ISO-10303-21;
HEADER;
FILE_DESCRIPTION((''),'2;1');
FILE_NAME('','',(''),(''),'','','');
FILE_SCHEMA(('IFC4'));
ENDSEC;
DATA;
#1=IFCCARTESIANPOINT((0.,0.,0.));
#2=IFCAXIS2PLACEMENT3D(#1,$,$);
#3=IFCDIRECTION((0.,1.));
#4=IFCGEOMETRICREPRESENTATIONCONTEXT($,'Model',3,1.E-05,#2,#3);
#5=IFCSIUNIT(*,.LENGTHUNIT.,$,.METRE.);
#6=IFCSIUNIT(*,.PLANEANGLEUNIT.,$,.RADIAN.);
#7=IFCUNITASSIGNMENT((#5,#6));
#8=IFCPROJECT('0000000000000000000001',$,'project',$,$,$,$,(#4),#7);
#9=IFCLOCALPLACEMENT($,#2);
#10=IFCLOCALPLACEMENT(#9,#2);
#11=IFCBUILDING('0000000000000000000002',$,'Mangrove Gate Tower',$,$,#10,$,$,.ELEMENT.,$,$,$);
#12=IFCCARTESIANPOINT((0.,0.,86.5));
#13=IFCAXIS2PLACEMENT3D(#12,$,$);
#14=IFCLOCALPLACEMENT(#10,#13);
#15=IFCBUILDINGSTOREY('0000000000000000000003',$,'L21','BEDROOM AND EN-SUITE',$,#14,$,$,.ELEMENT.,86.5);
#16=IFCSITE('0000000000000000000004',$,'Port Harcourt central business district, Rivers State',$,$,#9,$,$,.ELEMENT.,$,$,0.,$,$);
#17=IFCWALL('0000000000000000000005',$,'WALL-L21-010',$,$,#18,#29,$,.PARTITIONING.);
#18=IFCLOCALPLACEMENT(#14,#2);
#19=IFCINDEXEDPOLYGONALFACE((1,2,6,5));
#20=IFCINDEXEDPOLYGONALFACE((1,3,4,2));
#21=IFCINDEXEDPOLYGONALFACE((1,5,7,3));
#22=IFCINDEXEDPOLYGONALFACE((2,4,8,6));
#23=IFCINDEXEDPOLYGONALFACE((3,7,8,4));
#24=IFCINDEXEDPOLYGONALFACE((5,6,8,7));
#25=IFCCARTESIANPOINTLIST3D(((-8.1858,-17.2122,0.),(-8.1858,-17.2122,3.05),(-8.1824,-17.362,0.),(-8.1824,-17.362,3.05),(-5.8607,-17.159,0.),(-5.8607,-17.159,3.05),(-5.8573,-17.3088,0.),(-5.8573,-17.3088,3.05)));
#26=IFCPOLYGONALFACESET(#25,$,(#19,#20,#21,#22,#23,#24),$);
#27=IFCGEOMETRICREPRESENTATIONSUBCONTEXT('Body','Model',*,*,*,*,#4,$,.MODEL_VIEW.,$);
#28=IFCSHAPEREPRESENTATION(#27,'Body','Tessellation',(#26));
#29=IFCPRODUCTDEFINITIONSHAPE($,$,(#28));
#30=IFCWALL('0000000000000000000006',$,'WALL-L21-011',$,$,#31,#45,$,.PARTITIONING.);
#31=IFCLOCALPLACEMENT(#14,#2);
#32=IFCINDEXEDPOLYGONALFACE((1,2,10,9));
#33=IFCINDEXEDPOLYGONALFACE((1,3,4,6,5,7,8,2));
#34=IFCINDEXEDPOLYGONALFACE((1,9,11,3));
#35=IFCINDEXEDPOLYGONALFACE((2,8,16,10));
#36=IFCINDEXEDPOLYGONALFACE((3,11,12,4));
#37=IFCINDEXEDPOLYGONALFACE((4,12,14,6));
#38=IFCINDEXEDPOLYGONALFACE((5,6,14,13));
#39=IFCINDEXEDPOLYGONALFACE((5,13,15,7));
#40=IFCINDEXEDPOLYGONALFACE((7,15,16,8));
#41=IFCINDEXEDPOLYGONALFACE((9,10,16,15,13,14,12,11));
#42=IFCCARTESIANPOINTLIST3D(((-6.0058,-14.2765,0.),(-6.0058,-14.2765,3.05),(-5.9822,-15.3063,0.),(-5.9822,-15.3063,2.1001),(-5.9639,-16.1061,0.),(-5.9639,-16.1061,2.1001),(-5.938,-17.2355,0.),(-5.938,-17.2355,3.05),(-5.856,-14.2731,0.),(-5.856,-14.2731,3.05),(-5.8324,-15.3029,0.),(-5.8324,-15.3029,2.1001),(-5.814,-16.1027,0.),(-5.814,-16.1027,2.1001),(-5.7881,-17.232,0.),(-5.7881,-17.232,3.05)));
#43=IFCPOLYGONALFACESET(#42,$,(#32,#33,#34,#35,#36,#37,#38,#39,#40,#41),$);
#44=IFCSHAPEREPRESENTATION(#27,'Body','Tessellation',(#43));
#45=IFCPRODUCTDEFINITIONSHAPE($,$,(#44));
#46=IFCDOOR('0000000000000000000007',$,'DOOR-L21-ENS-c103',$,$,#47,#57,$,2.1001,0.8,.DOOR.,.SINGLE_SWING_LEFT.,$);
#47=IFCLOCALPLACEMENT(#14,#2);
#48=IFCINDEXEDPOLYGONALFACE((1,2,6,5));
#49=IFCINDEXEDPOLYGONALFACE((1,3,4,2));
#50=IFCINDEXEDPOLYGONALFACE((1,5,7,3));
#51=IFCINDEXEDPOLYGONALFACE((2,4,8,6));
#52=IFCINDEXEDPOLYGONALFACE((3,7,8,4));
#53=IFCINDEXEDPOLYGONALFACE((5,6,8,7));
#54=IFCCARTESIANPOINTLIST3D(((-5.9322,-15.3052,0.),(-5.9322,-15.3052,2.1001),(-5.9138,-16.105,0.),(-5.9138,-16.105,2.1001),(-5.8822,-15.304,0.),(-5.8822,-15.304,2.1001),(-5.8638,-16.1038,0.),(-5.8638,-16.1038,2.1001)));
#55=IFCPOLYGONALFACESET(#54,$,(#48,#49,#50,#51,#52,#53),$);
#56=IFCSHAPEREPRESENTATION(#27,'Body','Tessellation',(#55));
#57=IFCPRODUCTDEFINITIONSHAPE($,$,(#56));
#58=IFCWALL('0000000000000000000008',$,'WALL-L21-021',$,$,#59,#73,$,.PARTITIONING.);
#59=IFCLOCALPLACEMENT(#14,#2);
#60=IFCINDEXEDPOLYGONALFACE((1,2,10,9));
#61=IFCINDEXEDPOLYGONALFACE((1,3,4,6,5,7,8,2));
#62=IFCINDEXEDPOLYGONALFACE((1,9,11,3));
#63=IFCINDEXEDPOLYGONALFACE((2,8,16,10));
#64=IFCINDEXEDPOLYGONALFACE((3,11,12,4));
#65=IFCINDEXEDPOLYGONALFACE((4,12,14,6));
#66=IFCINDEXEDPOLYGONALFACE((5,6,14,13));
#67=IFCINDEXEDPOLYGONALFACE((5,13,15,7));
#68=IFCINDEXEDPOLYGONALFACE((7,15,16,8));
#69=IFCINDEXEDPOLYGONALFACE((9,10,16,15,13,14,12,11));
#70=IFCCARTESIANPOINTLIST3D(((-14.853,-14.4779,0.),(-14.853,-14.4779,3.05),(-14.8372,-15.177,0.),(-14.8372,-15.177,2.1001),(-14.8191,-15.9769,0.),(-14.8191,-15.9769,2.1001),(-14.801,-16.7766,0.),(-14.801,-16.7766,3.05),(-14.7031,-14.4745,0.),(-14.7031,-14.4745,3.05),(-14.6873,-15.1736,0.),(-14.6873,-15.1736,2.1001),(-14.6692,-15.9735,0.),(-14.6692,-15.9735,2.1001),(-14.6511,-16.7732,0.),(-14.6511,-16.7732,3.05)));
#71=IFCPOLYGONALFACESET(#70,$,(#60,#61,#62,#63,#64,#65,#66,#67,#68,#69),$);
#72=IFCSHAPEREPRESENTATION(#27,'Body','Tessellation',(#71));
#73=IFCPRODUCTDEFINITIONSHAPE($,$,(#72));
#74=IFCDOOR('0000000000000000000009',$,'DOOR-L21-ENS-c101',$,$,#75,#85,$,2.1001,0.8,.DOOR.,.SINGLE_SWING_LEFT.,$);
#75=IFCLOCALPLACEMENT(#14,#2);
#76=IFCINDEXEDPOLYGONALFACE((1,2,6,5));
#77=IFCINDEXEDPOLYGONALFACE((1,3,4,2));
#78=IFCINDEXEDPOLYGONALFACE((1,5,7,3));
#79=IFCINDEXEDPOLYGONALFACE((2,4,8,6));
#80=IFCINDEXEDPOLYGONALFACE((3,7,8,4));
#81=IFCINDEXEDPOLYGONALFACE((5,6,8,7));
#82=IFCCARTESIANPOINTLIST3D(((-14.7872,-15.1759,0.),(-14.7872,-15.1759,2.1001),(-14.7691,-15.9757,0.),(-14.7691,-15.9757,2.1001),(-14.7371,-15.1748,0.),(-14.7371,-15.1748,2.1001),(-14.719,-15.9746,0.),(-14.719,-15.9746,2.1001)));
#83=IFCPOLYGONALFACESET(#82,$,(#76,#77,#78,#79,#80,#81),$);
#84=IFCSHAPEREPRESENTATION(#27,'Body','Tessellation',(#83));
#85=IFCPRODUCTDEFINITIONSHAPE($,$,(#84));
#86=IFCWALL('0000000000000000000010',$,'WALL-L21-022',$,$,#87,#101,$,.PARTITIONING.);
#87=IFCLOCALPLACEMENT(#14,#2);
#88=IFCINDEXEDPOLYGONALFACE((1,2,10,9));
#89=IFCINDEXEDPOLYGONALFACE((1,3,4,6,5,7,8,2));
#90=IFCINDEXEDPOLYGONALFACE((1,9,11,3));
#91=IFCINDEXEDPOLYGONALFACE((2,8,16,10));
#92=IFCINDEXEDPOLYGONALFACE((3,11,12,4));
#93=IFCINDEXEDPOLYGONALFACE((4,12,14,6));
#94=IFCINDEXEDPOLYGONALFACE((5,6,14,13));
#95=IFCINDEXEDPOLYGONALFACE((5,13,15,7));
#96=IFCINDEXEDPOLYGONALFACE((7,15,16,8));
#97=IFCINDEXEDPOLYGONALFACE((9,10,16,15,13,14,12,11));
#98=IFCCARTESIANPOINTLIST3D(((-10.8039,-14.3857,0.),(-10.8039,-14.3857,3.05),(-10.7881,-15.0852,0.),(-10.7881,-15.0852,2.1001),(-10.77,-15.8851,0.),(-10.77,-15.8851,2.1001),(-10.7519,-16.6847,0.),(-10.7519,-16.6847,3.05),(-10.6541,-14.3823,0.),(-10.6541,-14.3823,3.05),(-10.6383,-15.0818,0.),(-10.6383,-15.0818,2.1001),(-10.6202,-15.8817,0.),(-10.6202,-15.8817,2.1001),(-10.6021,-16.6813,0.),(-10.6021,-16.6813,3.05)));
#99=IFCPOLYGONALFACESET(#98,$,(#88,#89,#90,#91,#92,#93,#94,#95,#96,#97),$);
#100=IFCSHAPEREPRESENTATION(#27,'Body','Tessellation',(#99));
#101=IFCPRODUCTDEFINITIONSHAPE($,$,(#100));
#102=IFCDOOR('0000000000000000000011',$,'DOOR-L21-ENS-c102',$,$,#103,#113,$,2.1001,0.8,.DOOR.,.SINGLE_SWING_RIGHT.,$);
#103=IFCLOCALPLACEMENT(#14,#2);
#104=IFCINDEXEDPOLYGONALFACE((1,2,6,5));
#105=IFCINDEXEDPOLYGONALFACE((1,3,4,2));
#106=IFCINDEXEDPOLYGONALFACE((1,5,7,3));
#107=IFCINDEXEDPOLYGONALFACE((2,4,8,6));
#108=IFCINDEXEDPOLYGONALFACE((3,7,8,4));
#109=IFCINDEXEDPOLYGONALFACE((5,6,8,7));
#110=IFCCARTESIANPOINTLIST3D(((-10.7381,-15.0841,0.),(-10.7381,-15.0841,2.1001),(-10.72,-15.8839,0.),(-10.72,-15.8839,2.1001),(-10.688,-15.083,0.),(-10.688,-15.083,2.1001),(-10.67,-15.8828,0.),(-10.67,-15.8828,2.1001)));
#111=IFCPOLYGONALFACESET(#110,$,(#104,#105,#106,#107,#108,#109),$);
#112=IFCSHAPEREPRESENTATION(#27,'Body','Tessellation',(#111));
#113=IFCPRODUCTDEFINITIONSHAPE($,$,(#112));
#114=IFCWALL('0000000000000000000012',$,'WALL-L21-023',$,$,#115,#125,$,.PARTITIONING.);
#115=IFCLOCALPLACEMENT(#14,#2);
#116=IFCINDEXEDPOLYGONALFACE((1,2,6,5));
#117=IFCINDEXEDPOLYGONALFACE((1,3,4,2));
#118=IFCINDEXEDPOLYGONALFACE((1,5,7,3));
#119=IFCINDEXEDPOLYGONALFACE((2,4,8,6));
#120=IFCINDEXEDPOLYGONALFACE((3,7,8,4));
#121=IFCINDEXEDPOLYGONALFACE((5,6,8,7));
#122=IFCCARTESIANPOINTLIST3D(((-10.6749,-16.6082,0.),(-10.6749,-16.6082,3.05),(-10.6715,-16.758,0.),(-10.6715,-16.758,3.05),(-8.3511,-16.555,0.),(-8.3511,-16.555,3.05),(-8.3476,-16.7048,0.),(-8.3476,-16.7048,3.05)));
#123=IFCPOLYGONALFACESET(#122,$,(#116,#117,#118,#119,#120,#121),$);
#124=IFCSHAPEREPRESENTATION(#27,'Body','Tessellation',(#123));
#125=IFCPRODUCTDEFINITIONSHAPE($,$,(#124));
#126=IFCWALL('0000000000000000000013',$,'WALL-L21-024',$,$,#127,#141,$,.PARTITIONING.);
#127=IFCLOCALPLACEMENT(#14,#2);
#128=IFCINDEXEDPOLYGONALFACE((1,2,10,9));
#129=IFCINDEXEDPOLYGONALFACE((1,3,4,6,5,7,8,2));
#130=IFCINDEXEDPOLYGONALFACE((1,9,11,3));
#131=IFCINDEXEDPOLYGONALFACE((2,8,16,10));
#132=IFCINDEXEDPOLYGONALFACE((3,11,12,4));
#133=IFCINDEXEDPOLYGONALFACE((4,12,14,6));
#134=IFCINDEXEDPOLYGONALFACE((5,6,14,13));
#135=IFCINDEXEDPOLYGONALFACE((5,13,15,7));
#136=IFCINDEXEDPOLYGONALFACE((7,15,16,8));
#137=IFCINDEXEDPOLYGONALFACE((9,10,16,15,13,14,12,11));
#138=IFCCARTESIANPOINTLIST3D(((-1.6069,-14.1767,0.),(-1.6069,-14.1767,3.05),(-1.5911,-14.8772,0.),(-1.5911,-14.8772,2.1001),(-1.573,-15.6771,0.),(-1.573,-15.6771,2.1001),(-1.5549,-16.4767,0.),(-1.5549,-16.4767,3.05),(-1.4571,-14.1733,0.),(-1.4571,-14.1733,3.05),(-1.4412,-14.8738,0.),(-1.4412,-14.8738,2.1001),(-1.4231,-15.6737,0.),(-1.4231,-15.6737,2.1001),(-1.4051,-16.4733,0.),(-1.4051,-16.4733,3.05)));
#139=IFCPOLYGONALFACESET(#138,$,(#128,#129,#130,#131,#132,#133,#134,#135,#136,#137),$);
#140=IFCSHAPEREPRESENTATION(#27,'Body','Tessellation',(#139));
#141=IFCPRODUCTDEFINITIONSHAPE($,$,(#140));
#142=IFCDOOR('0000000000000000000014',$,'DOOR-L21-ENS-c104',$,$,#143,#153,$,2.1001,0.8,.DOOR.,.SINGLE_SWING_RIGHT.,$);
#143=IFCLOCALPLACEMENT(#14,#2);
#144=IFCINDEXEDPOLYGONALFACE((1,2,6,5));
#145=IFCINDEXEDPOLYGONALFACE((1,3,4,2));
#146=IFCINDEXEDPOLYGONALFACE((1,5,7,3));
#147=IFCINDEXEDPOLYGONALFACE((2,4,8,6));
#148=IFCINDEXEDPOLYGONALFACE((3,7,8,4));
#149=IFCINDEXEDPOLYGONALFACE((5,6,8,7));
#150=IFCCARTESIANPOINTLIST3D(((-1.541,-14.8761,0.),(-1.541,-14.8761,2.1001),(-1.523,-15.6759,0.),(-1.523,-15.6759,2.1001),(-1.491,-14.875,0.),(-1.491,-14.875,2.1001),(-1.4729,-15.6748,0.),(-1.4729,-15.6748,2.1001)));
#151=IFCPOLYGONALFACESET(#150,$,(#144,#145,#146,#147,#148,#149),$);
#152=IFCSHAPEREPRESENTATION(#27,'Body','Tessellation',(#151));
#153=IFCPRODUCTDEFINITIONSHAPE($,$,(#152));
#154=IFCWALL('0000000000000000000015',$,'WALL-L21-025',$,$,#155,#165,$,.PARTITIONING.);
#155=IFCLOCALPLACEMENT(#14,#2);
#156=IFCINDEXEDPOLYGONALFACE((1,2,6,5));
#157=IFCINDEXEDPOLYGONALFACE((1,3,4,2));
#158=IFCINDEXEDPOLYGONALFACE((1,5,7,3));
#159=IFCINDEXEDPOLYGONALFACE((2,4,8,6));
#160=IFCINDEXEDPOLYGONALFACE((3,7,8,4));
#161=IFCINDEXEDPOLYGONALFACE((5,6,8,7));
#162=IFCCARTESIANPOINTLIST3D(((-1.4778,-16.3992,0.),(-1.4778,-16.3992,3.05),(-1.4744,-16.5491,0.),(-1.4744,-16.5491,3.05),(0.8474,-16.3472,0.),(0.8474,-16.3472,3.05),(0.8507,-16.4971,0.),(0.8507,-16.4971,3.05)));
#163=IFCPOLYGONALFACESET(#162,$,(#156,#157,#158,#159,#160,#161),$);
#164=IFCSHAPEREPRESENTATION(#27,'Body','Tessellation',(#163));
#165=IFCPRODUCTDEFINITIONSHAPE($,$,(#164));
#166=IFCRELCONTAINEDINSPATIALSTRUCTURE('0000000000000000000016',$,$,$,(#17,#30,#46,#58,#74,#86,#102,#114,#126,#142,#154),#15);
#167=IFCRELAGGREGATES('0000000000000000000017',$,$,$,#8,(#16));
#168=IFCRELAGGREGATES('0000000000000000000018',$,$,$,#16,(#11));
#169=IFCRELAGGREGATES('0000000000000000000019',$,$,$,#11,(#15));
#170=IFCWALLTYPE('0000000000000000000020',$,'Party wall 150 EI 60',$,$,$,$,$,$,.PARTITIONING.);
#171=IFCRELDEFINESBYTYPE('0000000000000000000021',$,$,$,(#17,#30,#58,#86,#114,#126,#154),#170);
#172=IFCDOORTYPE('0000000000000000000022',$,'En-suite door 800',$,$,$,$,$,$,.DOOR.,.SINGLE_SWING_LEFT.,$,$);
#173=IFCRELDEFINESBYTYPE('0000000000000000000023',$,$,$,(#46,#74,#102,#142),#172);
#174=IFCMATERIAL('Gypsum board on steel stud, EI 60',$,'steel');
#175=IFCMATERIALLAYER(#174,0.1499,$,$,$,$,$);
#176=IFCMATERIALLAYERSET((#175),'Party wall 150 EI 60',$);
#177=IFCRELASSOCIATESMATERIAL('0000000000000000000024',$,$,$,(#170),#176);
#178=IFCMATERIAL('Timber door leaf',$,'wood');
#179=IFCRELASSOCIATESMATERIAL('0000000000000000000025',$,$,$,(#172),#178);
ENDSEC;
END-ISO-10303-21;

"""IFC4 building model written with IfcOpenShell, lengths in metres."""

from ifc_helpers import new_model, si_unit, direction, frame, frame_2d, origin, place, context, subcontext, project, spatial, rectangle, extrude, material, layer, layer_set, type_object, element, fill, save


model = new_model("IFC4")

# Units and contexts
model_context = context("Model", 3, precision=1e-05, world=origin(), true_north=direction((0.0, 1.0)))
body_context = subcontext(model_context, "Body", "Model", "MODEL_VIEW")
ifc_project = project(units=[si_unit("LENGTHUNIT", "METRE"), si_unit("PLANEANGLEUNIT", "RADIAN")], contexts=[model_context])

# Site, building, storey
site_placement = place(None, origin())
site = spatial("IfcSite", under=ifc_project, at=site_placement, Name="Port Harcourt central business district, Rivers State", CompositionType="ELEMENT", RefElevation=0.0)
building_placement = place(site_placement, origin())
building = spatial("IfcBuilding", under=site, at=building_placement, Name="Mangrove Gate Tower", CompositionType="ELEMENT")
storey_placement = place(building_placement, frame((0.0, 0.0, 86.5)))
storey = spatial("IfcBuildingStorey", under=building, at=storey_placement, Name="L21", Description="BEDROOM AND EN-SUITE", CompositionType="ELEMENT", Elevation=86.5)

# Wall
ifc_material_1 = material(Name="Gypsum board on steel stud, EI 60", Category="steel")
ifc_layer_1 = layer(ifc_material_1, 0.1499)
ifc_layer_set_1 = layer_set([ifc_layer_1], Name="Party wall 150 EI 60")
wall_type_1 = type_object("IfcWallType", Name="Party wall 150 EI 60", PredefinedType="PARTITIONING", material=ifc_layer_set_1)
wall_1_placement = place(storey_placement, frame((-8.1841, -17.2871, 0.0), z_axis=(0.0, 0.0, 1.0), x_axis=(0.999738, 0.022884, 0.0)))
element("IfcWall", 1, at=wall_1_placement, inside=storey, type_object=wall_type_1, Name="WALL-L21-010", PredefinedType="PARTITIONING", context=body_context, shape_type="SweptSolid", body=[
    extrude(rectangle(XDim=2.3257, YDim=0.1499, at=frame_2d((1.1628, 0.0))), origin(), (0.0, 0.0, 1.0), 3.05),
])

# Walls, openings, doors
wall_2_placement = place(storey_placement, frame((-5.863, -17.2339, 0.0), z_axis=(0.0, 0.0, 1.0), x_axis=(-0.022931, 0.999737, 0.0)))
wall_2 = element("IfcWall", 2, at=wall_2_placement, inside=storey, type_object=wall_type_1, Name="WALL-L21-011", PredefinedType="PARTITIONING", context=body_context, shape_type="SweptSolid", body=[
    extrude(rectangle(XDim=2.9597, YDim=0.1499, at=frame_2d((1.48, 0.0))), origin(), (0.0, 0.0, 1.0), 3.05),
])
opening_1_placement = place(wall_2_placement, frame((1.1299, 0.0, 0.0)))
opening_1 = element("IfcOpeningElement", 3, at=opening_1_placement, cuts=wall_2, PredefinedType="OPENING", context=body_context, shape_type="SweptSolid", body=[
    extrude(rectangle(XDim=0.8, YDim=2.1001, at=frame_2d((0.3999, 1.05))), frame((0.0, 0.085, 0.0), z_axis=(0.0, -1.0, 0.0), x_axis=(1.0, 0.0, 0.0)), (0.0, 0.0, 1.0), 0.1699),
])
ifc_material_2 = material(Name="Timber door leaf", Category="wood")
door_type_1 = type_object("IfcDoorType", Name="En-suite door 800", OperationType="SINGLE_SWING_LEFT", PredefinedType="DOOR", material=ifc_material_2)
door_1_placement = place(opening_1_placement, origin())
door_1 = element("IfcDoor", 4, at=door_1_placement, inside=storey, type_object=door_type_1, Name="DOOR-L21-ENS-c103", OperationType="SINGLE_SWING_LEFT", OverallHeight=2.1001, OverallWidth=0.8, PredefinedType="DOOR", context=body_context, shape_type="SweptSolid", body=[
    extrude(rectangle(XDim=0.8, YDim=2.1001, at=frame_2d((0.3999, 1.05))), frame((0.0, 0.0249, 0.0), z_axis=(0.0, -1.0, 0.0), x_axis=(1.0, 0.0, 0.0)), (0.0, 0.0, 1.0), 0.05),
])
fill(opening_1, door_1)
wall_3_placement = place(storey_placement, frame((-14.7261, -16.7749, 0.0), z_axis=(0.0, 0.0, 1.0), x_axis=(-0.022615, 0.999744, 0.0)))
wall_3 = element("IfcWall", 5, at=wall_3_placement, inside=storey, type_object=wall_type_1, Name="WALL-L21-021", PredefinedType="PARTITIONING", context=body_context, shape_type="SweptSolid", body=[
    extrude(rectangle(XDim=2.2993, YDim=0.1499, at=frame_2d((1.1497, 0.0))), origin(), (0.0, 0.0, 1.0), 3.05),
])
opening_2_placement = place(wall_3_placement, frame((0.8, 0.0, 0.0)))
opening_2 = element("IfcOpeningElement", 6, at=opening_2_placement, cuts=wall_3, PredefinedType="OPENING", context=body_context, shape_type="SweptSolid", body=[
    extrude(rectangle(XDim=0.8, YDim=2.1001, at=frame_2d((0.3999, 1.05))), frame((0.0, 0.085, 0.0), z_axis=(0.0, -1.0, 0.0), x_axis=(1.0, 0.0, 0.0)), (0.0, 0.0, 1.0), 0.1699),
])
door_2_placement = place(opening_2_placement, origin())
door_2 = element("IfcDoor", 7, at=door_2_placement, inside=storey, type_object=door_type_1, Name="DOOR-L21-ENS-c101", OperationType="SINGLE_SWING_LEFT", OverallHeight=2.1001, OverallWidth=0.8, PredefinedType="DOOR", context=body_context, shape_type="SweptSolid", body=[
    extrude(rectangle(XDim=0.8, YDim=2.1001, at=frame_2d((0.3999, 1.05))), frame((0.0, 0.0249, 0.0), z_axis=(0.0, -1.0, 0.0), x_axis=(1.0, 0.0, 0.0)), (0.0, 0.0, 1.0), 0.05),
])
fill(opening_2, door_2)
wall_4_placement = place(storey_placement, frame((-10.677, -16.6831, 0.0), z_axis=(0.0, 0.0, 1.0), x_axis=(-0.022613, 0.999744, 0.0)))
wall_4 = element("IfcWall", 8, at=wall_4_placement, inside=storey, type_object=wall_type_1, Name="WALL-L21-022", PredefinedType="PARTITIONING", context=body_context, shape_type="SweptSolid", body=[
    extrude(rectangle(XDim=2.2996, YDim=0.1499, at=frame_2d((1.1499, 0.0))), origin(), (0.0, 0.0, 1.0), 3.05),
])
opening_3_placement = place(wall_4_placement, frame((0.8, 0.0, 0.0)))
opening_3 = element("IfcOpeningElement", 9, at=opening_3_placement, cuts=wall_4, PredefinedType="OPENING", context=body_context, shape_type="SweptSolid", body=[
    extrude(rectangle(XDim=0.8, YDim=2.1001, at=frame_2d((0.3999, 1.05))), frame((0.0, 0.085, 0.0), z_axis=(0.0, -1.0, 0.0), x_axis=(1.0, 0.0, 0.0)), (0.0, 0.0, 1.0), 0.1699),
])
door_3_placement = place(opening_3_placement, origin())
door_3 = element("IfcDoor", 10, at=door_3_placement, inside=storey, type_object=door_type_1, Name="DOOR-L21-ENS-c102", OperationType="SINGLE_SWING_RIGHT", OverallHeight=2.1001, OverallWidth=0.8, PredefinedType="DOOR", context=body_context, shape_type="SweptSolid", body=[
    extrude(rectangle(XDim=0.8, YDim=2.1001, at=frame_2d((0.3999, 1.05))), frame((0.0, 0.0249, 0.0), z_axis=(0.0, -1.0, 0.0), x_axis=(1.0, 0.0, 0.0)), (0.0, 0.0, 1.0), 0.05),
])
fill(opening_3, door_3)

# Wall
wall_5_placement = place(storey_placement, frame((-10.6731, -16.6831, 0.0), z_axis=(0.0, 0.0, 1.0), x_axis=(0.999738, 0.022896, 0.0)))
element("IfcWall", 11, at=wall_5_placement, inside=storey, type_object=wall_type_1, Name="WALL-L21-023", PredefinedType="PARTITIONING", context=body_context, shape_type="SweptSolid", body=[
    extrude(rectangle(XDim=2.3245, YDim=0.1499, at=frame_2d((1.1621, 0.0))), origin(), (0.0, 0.0, 1.0), 3.05),
])

# Wall, opening, door
wall_6_placement = place(storey_placement, frame((-1.48, -16.4751, 0.0), z_axis=(0.0, 0.0, 1.0), x_axis=(-0.022603, 0.999745, 0.0)))
wall_6 = element("IfcWall", 12, at=wall_6_placement, inside=storey, type_object=wall_type_1, Name="WALL-L21-024", PredefinedType="PARTITIONING", context=body_context, shape_type="SweptSolid", body=[
    extrude(rectangle(XDim=2.3005, YDim=0.1499, at=frame_2d((1.1504, 0.0))), origin(), (0.0, 0.0, 1.0), 3.05),
])
opening_4_placement = place(wall_6_placement, frame((0.8, 0.0, 0.0)))
opening_4 = element("IfcOpeningElement", 13, at=opening_4_placement, cuts=wall_6, PredefinedType="OPENING", context=body_context, shape_type="SweptSolid", body=[
    extrude(rectangle(XDim=0.8, YDim=2.1001, at=frame_2d((0.3999, 1.05))), frame((0.0, 0.085, 0.0), z_axis=(0.0, -1.0, 0.0), x_axis=(1.0, 0.0, 0.0)), (0.0, 0.0, 1.0), 0.1699),
])
door_4_placement = place(opening_4_placement, origin())
door_4 = element("IfcDoor", 14, at=door_4_placement, inside=storey, type_object=door_type_1, Name="DOOR-L21-ENS-c104", OperationType="SINGLE_SWING_RIGHT", OverallHeight=2.1001, OverallWidth=0.8, PredefinedType="DOOR", context=body_context, shape_type="SweptSolid", body=[
    extrude(rectangle(XDim=0.8, YDim=2.1001, at=frame_2d((0.3999, 1.05))), frame((0.0, 0.0249, 0.0), z_axis=(0.0, -1.0, 0.0), x_axis=(1.0, 0.0, 0.0)), (0.0, 0.0, 1.0), 0.05),
])
fill(opening_4, door_4)

# Wall
wall_7_placement = place(storey_placement, frame((-1.4761, -16.4741, 0.0), z_axis=(0.0, 0.0, 1.0), x_axis=(0.99975, 0.022359, 0.0)))
element("IfcWall", 15, at=wall_7_placement, inside=storey, type_object=wall_type_1, Name="WALL-L21-025", PredefinedType="PARTITIONING", context=body_context, shape_type="SweptSolid", body=[
    extrude(rectangle(XDim=2.3257, YDim=0.1499, at=frame_2d((1.1628, 0.0))), origin(), (0.0, 0.0, 1.0), 3.05),
])

save(model, "model.ifc")
